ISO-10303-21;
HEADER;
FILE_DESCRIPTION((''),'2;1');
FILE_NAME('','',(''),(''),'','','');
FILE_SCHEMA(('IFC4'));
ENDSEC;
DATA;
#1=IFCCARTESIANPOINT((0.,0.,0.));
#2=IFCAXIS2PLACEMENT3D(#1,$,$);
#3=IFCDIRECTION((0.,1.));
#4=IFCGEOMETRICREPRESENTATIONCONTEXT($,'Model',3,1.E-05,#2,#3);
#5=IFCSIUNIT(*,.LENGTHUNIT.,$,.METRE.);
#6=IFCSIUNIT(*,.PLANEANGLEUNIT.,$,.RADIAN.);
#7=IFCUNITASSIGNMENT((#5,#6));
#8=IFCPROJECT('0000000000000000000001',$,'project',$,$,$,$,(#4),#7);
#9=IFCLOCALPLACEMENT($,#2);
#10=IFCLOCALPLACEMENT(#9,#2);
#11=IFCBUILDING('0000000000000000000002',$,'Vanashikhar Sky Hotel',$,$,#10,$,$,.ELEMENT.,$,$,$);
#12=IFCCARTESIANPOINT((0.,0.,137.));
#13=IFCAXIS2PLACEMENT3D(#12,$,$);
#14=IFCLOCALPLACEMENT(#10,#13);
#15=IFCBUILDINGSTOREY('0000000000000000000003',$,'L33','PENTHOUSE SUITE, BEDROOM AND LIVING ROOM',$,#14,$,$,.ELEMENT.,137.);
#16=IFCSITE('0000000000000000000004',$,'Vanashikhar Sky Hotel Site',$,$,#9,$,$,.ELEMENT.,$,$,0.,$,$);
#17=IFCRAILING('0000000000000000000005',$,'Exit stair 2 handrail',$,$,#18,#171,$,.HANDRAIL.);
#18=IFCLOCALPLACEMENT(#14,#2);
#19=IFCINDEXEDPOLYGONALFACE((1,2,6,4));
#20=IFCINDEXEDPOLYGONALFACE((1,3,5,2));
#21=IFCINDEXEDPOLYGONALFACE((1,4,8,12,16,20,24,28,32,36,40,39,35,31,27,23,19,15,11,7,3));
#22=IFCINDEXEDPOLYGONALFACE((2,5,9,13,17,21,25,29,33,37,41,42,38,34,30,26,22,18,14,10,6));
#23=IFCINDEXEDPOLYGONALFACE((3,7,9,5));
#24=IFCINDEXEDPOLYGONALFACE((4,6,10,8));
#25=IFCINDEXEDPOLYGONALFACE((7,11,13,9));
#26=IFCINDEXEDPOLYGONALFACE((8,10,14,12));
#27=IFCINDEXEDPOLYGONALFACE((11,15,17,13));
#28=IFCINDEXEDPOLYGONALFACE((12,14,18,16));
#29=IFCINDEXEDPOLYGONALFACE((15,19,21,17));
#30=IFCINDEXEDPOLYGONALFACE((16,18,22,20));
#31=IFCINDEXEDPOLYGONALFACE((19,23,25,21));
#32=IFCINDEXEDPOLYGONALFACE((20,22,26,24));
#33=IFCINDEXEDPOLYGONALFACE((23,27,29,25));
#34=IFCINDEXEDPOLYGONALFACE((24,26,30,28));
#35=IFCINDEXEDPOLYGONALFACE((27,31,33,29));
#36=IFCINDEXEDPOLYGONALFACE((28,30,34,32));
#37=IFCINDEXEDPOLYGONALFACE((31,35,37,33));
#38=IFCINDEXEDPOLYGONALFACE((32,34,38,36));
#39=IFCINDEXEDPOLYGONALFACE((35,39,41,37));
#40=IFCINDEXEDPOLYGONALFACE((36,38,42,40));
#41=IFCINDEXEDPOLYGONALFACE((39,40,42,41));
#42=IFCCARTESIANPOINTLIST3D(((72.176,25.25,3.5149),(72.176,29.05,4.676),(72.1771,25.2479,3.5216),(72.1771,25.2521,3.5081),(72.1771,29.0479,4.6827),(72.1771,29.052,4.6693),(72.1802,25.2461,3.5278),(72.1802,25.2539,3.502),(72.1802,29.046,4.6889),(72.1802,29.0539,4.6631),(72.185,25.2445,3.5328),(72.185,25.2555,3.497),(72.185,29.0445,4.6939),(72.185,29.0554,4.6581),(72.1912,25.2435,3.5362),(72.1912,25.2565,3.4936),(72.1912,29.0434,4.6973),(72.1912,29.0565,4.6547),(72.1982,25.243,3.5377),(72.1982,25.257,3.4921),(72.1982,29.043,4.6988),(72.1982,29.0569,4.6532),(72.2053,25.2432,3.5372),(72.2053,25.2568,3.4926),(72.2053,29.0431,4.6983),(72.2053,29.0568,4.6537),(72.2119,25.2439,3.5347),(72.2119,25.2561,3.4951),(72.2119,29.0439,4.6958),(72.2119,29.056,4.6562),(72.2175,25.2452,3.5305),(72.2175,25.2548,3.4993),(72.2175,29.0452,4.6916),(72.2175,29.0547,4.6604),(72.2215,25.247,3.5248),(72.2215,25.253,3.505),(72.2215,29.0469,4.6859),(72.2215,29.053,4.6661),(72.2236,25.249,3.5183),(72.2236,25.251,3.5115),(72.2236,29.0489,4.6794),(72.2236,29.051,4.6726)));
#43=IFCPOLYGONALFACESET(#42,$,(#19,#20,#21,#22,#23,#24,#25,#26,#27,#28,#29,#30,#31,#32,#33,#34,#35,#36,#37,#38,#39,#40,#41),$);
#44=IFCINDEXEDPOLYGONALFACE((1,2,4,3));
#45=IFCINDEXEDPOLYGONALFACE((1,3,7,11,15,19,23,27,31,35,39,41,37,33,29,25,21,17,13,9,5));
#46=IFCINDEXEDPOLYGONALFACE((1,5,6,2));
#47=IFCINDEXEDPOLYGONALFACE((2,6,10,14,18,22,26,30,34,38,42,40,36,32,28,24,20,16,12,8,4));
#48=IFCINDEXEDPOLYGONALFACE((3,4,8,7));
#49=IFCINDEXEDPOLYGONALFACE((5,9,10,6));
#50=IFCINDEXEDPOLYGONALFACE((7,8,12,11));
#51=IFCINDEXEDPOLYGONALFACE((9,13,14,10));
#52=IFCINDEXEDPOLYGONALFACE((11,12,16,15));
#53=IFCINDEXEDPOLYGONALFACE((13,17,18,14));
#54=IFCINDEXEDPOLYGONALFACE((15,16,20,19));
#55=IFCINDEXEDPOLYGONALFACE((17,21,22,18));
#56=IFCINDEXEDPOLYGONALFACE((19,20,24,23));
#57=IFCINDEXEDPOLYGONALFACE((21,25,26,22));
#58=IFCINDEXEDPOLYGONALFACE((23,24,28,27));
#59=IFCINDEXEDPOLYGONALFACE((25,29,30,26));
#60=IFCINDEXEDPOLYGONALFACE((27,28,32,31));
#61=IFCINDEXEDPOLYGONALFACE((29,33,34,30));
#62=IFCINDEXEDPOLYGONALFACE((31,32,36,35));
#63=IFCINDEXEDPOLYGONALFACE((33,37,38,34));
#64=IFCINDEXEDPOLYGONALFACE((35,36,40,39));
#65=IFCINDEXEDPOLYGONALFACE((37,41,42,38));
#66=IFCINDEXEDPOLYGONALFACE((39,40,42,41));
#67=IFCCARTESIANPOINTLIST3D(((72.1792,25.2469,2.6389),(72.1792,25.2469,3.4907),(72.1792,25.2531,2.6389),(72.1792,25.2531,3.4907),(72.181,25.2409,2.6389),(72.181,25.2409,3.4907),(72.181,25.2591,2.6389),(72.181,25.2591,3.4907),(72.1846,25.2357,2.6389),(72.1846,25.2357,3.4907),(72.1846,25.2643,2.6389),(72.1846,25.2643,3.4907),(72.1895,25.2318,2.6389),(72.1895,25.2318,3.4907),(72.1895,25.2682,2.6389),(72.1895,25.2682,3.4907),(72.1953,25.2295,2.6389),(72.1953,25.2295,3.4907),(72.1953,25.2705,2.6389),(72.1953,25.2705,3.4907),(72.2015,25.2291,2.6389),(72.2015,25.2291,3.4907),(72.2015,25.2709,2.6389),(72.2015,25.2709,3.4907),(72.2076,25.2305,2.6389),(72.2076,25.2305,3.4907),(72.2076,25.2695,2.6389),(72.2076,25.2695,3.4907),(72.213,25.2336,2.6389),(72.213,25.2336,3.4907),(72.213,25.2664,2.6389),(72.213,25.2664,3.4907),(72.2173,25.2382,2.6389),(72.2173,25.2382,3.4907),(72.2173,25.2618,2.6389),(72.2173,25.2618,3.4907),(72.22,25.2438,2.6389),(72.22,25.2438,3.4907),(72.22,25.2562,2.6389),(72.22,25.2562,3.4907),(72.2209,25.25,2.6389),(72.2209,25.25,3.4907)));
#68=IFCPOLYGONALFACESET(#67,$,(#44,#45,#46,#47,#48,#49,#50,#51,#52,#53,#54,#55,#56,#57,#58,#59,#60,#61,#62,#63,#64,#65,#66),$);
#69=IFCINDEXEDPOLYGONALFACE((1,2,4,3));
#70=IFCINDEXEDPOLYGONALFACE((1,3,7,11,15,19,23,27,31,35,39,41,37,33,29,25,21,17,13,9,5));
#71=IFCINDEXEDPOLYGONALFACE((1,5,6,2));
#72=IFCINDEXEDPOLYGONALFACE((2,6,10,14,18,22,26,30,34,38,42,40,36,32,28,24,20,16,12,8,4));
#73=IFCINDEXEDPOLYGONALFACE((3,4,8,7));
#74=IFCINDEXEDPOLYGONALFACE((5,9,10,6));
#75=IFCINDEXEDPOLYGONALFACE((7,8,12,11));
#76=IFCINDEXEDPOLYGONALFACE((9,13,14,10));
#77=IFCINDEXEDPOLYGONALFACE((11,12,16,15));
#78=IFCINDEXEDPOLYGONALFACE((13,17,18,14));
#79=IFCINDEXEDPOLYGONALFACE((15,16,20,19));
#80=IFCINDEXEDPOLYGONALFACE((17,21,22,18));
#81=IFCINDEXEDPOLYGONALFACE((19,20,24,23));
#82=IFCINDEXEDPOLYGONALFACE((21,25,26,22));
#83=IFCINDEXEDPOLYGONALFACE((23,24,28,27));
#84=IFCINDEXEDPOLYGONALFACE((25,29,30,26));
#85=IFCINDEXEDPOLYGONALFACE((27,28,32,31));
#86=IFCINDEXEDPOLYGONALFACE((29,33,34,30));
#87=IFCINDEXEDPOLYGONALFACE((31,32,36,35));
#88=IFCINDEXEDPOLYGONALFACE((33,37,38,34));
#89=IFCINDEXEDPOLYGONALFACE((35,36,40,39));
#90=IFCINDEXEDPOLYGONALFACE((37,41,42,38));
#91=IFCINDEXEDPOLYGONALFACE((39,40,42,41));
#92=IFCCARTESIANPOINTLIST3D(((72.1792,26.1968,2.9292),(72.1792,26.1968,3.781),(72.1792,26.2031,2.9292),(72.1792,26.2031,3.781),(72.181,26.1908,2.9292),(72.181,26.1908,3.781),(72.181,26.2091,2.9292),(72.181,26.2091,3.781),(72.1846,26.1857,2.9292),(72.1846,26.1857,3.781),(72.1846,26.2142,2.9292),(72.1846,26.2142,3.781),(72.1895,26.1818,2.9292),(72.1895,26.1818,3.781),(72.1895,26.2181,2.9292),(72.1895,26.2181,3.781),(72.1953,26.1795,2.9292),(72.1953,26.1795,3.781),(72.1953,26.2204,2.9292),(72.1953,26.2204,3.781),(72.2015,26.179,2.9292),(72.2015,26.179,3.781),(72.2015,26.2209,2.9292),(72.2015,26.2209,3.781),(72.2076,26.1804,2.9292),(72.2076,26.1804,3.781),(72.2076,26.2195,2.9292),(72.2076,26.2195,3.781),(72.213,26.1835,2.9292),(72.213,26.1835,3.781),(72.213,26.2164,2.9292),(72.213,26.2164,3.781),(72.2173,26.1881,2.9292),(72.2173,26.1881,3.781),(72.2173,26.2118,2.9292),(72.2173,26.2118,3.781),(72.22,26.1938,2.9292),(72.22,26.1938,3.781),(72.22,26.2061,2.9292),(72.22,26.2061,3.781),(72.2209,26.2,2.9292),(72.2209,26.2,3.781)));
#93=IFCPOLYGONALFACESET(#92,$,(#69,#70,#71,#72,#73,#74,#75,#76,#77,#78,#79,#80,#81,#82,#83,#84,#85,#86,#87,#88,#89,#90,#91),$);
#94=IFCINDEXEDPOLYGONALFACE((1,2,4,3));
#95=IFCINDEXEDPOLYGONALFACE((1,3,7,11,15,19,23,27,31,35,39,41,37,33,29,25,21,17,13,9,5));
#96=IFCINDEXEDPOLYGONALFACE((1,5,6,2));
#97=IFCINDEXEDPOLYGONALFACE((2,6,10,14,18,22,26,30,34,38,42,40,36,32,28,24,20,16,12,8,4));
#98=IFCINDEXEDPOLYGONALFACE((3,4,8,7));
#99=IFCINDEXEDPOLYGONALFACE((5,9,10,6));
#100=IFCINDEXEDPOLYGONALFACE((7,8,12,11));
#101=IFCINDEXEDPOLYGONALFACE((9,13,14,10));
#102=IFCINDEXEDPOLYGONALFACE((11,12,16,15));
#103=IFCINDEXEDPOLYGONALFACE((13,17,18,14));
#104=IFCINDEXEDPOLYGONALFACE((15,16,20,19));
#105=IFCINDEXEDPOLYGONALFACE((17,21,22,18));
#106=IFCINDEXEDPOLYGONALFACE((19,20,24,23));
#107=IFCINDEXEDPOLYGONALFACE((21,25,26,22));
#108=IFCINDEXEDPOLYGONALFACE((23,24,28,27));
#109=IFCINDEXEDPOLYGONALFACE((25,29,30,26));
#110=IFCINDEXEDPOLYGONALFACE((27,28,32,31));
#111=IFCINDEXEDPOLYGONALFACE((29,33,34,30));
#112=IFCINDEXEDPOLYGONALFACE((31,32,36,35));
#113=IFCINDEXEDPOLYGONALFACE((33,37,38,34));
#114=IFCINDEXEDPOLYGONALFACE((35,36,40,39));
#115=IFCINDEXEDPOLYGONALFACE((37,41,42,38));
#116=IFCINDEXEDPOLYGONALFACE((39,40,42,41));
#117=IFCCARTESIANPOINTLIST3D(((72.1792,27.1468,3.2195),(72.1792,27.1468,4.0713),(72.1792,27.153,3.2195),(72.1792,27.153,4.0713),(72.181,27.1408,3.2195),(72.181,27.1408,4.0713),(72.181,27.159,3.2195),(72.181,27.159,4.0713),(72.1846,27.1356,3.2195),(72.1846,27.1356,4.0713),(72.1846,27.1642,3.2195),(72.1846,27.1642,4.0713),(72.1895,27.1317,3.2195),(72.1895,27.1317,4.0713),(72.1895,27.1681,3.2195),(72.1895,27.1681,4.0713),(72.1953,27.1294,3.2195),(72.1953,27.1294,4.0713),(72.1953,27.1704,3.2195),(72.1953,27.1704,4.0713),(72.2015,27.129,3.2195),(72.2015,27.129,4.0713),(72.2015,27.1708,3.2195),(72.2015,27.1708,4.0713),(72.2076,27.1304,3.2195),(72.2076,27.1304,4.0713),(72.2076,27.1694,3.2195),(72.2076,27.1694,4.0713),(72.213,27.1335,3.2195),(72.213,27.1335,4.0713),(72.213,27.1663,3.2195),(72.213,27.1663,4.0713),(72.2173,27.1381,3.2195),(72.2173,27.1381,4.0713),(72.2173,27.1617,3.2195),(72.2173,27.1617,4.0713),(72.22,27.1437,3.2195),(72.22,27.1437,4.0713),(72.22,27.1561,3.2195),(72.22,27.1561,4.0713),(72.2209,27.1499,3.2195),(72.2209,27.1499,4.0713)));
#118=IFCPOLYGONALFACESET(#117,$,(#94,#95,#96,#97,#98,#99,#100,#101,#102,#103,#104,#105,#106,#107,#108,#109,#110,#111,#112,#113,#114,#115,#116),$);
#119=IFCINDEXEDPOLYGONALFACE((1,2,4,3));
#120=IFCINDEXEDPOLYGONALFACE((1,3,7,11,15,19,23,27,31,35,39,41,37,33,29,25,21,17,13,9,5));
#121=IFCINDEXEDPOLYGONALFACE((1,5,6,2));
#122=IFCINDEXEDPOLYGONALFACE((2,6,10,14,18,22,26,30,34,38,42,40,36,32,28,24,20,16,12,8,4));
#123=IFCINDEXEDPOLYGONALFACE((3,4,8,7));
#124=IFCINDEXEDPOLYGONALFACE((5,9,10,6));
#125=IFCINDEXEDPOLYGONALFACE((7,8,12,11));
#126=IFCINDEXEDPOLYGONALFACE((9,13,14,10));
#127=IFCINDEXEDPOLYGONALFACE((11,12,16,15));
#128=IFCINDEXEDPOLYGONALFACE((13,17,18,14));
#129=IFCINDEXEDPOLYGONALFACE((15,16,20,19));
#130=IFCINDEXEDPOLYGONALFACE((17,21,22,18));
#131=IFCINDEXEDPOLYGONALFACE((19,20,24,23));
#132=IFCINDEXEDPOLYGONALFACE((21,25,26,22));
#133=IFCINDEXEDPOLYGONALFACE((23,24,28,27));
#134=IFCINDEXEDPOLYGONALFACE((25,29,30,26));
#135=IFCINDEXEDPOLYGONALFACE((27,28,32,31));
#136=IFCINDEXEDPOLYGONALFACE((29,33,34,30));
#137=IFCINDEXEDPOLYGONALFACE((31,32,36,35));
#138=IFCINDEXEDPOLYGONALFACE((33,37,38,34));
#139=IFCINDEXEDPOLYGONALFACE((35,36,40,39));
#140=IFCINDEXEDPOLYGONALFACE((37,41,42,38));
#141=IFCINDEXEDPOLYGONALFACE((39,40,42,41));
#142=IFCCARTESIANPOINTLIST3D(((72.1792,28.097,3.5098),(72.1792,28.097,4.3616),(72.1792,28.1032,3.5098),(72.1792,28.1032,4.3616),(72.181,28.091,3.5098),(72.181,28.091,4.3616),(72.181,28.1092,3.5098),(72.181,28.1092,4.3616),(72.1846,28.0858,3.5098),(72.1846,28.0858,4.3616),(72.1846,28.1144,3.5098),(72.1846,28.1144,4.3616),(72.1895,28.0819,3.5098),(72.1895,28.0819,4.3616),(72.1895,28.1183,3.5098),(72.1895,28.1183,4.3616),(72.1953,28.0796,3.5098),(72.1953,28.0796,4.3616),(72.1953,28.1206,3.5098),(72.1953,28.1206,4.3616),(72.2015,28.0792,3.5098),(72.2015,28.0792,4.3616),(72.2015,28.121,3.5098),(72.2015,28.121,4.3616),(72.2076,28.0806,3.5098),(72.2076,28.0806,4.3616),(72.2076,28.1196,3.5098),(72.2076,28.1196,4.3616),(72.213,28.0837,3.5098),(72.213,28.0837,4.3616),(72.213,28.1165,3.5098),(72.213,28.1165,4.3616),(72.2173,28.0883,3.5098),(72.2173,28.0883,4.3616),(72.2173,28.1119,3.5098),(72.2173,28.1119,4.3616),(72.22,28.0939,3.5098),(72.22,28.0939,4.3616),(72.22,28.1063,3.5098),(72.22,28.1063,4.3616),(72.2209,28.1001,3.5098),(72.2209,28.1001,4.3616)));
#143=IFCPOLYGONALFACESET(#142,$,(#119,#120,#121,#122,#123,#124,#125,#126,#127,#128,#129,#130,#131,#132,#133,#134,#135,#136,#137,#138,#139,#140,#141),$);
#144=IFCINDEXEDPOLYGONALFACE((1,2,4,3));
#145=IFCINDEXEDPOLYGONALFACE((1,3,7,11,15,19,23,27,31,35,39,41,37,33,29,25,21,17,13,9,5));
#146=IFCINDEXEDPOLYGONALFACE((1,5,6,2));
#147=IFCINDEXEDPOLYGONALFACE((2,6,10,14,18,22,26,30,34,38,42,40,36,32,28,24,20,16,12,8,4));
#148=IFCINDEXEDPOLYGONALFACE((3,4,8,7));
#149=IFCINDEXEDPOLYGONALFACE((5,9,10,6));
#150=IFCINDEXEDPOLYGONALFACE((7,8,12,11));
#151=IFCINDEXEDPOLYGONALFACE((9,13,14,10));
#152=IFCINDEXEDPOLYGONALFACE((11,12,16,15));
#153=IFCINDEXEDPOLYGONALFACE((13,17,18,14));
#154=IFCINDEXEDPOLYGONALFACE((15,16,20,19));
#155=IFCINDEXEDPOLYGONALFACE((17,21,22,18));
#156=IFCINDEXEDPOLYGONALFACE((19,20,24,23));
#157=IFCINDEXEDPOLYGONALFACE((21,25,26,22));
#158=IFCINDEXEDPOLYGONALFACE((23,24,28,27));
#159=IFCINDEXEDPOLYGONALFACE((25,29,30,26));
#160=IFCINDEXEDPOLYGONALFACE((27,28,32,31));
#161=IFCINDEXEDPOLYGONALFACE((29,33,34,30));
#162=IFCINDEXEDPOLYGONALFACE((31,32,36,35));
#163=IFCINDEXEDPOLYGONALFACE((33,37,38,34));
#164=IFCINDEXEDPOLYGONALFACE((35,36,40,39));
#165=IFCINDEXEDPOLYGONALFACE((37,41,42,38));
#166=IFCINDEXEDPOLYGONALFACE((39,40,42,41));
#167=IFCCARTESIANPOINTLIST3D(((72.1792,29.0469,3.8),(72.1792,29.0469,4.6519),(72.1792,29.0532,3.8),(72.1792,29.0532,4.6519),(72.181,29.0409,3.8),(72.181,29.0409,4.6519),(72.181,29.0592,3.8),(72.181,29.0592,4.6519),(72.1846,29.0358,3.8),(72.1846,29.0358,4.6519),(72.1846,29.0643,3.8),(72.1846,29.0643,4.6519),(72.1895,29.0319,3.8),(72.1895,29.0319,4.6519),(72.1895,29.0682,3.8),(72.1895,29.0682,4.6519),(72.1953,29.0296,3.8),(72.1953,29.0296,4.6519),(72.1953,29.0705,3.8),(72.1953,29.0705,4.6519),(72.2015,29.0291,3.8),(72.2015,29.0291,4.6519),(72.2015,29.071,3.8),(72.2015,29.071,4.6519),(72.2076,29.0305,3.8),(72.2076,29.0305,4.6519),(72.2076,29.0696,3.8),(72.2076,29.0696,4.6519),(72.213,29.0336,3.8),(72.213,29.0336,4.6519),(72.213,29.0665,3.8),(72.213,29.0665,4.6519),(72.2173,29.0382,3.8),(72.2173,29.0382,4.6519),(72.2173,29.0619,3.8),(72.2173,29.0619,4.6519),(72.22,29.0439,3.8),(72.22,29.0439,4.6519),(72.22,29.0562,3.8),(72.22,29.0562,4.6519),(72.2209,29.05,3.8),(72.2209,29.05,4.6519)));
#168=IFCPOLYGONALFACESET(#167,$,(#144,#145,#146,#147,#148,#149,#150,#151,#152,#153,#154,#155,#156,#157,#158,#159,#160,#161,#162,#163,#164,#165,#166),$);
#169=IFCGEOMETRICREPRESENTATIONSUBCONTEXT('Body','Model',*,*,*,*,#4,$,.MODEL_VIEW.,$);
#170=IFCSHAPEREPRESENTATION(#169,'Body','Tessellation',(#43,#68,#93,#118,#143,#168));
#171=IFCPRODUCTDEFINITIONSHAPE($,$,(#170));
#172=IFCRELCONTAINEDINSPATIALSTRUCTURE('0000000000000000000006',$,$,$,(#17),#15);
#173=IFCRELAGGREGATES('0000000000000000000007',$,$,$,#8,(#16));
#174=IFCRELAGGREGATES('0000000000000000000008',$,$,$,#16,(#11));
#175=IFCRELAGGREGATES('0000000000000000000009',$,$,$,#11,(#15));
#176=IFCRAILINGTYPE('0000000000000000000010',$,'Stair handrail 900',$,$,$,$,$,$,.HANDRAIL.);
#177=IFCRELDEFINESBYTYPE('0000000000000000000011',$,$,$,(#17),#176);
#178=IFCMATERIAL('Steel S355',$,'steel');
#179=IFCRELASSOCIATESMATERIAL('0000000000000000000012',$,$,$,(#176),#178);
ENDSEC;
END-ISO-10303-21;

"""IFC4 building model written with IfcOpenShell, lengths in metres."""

from ifc_helpers import new_model, si_unit, direction, frame, origin, origin_2d, place, context, subcontext, project, spatial, circle, extrude, source, transform, mapped, material, type_object, element, save


model = new_model("IFC4")

# Units and contexts
model_context = context("Model", 3, precision=1e-05, world=origin(), true_north=direction((0.0, 1.0)))
body_context = subcontext(model_context, "Body", "Model", "MODEL_VIEW")
ifc_project = project(units=[si_unit("LENGTHUNIT", "METRE"), si_unit("PLANEANGLEUNIT", "RADIAN")], contexts=[model_context])

# Site, building, storey
site_placement = place(None, origin())
site = spatial("IfcSite", under=ifc_project, at=site_placement, Name="Vanashikhar Sky Hotel Site", CompositionType="ELEMENT", RefElevation=0.0)
building_placement = place(site_placement, origin())
building = spatial("IfcBuilding", under=site, at=building_placement, Name="Vanashikhar Sky Hotel", CompositionType="ELEMENT")
storey_placement = place(building_placement, frame((0.0, 0.0, 137.0)))
storey = spatial("IfcBuildingStorey", under=building, at=storey_placement, Name="L33", Description="PENTHOUSE SUITE, BEDROOM AND LIVING ROOM", CompositionType="ELEMENT", Elevation=137.0)

# Railing
ifc_material_1 = material(Name="Steel S355", Category="steel")
railing_type_1 = type_object("IfcRailingType", Name="Stair handrail 900", PredefinedType="HANDRAIL", material=ifc_material_1)
shared_shape_1 = source(origin(), body_context, "Body", "SweptSolid", [
    extrude(circle(Radius=0.0239, at=origin_2d()), frame((0.0, 0.0, 0.876), z_axis=(0.0, 0.956351, 0.29222), x_axis=(-1.0, 0.0, 0.0)), (0.0, 0.0, 1.0), 3.9734),
    extrude(circle(Radius=0.021, at=origin_2d()), origin(), (0.0, 0.0, 1.0), 0.8518),
    extrude(circle(Radius=0.021, at=origin_2d()), frame((0.0, 0.95, 0.2903)), (0.0, 0.0, 1.0), 0.8518),
    extrude(circle(Radius=0.021, at=origin_2d()), frame((0.0, 1.8999, 0.5806)), (0.0, 0.0, 1.0), 0.8518),
    extrude(circle(Radius=0.021, at=origin_2d()), frame((0.0, 2.8501, 0.8708)), (0.0, 0.0, 1.0), 0.8518),
    extrude(circle(Radius=0.021, at=origin_2d()), frame((0.0, 3.8, 1.1611)), (0.0, 0.0, 1.0), 0.8518),
])
for number, where, name in (
    (1, (72.2, 25.25, 2.6389), "Exit stair 2 handrail"),
):
    element("IfcRailing", number, at=place(storey_placement, frame(where)), inside=storey, type_object=railing_type_1, Name=name, PredefinedType="HANDRAIL", context=body_context, shape_type="MappedRepresentation", body=[
        mapped(shared_shape_1, transform((0.0, 0.0, 0.0), scale=1.0)),
    ])

save(model, "model.ifc")
